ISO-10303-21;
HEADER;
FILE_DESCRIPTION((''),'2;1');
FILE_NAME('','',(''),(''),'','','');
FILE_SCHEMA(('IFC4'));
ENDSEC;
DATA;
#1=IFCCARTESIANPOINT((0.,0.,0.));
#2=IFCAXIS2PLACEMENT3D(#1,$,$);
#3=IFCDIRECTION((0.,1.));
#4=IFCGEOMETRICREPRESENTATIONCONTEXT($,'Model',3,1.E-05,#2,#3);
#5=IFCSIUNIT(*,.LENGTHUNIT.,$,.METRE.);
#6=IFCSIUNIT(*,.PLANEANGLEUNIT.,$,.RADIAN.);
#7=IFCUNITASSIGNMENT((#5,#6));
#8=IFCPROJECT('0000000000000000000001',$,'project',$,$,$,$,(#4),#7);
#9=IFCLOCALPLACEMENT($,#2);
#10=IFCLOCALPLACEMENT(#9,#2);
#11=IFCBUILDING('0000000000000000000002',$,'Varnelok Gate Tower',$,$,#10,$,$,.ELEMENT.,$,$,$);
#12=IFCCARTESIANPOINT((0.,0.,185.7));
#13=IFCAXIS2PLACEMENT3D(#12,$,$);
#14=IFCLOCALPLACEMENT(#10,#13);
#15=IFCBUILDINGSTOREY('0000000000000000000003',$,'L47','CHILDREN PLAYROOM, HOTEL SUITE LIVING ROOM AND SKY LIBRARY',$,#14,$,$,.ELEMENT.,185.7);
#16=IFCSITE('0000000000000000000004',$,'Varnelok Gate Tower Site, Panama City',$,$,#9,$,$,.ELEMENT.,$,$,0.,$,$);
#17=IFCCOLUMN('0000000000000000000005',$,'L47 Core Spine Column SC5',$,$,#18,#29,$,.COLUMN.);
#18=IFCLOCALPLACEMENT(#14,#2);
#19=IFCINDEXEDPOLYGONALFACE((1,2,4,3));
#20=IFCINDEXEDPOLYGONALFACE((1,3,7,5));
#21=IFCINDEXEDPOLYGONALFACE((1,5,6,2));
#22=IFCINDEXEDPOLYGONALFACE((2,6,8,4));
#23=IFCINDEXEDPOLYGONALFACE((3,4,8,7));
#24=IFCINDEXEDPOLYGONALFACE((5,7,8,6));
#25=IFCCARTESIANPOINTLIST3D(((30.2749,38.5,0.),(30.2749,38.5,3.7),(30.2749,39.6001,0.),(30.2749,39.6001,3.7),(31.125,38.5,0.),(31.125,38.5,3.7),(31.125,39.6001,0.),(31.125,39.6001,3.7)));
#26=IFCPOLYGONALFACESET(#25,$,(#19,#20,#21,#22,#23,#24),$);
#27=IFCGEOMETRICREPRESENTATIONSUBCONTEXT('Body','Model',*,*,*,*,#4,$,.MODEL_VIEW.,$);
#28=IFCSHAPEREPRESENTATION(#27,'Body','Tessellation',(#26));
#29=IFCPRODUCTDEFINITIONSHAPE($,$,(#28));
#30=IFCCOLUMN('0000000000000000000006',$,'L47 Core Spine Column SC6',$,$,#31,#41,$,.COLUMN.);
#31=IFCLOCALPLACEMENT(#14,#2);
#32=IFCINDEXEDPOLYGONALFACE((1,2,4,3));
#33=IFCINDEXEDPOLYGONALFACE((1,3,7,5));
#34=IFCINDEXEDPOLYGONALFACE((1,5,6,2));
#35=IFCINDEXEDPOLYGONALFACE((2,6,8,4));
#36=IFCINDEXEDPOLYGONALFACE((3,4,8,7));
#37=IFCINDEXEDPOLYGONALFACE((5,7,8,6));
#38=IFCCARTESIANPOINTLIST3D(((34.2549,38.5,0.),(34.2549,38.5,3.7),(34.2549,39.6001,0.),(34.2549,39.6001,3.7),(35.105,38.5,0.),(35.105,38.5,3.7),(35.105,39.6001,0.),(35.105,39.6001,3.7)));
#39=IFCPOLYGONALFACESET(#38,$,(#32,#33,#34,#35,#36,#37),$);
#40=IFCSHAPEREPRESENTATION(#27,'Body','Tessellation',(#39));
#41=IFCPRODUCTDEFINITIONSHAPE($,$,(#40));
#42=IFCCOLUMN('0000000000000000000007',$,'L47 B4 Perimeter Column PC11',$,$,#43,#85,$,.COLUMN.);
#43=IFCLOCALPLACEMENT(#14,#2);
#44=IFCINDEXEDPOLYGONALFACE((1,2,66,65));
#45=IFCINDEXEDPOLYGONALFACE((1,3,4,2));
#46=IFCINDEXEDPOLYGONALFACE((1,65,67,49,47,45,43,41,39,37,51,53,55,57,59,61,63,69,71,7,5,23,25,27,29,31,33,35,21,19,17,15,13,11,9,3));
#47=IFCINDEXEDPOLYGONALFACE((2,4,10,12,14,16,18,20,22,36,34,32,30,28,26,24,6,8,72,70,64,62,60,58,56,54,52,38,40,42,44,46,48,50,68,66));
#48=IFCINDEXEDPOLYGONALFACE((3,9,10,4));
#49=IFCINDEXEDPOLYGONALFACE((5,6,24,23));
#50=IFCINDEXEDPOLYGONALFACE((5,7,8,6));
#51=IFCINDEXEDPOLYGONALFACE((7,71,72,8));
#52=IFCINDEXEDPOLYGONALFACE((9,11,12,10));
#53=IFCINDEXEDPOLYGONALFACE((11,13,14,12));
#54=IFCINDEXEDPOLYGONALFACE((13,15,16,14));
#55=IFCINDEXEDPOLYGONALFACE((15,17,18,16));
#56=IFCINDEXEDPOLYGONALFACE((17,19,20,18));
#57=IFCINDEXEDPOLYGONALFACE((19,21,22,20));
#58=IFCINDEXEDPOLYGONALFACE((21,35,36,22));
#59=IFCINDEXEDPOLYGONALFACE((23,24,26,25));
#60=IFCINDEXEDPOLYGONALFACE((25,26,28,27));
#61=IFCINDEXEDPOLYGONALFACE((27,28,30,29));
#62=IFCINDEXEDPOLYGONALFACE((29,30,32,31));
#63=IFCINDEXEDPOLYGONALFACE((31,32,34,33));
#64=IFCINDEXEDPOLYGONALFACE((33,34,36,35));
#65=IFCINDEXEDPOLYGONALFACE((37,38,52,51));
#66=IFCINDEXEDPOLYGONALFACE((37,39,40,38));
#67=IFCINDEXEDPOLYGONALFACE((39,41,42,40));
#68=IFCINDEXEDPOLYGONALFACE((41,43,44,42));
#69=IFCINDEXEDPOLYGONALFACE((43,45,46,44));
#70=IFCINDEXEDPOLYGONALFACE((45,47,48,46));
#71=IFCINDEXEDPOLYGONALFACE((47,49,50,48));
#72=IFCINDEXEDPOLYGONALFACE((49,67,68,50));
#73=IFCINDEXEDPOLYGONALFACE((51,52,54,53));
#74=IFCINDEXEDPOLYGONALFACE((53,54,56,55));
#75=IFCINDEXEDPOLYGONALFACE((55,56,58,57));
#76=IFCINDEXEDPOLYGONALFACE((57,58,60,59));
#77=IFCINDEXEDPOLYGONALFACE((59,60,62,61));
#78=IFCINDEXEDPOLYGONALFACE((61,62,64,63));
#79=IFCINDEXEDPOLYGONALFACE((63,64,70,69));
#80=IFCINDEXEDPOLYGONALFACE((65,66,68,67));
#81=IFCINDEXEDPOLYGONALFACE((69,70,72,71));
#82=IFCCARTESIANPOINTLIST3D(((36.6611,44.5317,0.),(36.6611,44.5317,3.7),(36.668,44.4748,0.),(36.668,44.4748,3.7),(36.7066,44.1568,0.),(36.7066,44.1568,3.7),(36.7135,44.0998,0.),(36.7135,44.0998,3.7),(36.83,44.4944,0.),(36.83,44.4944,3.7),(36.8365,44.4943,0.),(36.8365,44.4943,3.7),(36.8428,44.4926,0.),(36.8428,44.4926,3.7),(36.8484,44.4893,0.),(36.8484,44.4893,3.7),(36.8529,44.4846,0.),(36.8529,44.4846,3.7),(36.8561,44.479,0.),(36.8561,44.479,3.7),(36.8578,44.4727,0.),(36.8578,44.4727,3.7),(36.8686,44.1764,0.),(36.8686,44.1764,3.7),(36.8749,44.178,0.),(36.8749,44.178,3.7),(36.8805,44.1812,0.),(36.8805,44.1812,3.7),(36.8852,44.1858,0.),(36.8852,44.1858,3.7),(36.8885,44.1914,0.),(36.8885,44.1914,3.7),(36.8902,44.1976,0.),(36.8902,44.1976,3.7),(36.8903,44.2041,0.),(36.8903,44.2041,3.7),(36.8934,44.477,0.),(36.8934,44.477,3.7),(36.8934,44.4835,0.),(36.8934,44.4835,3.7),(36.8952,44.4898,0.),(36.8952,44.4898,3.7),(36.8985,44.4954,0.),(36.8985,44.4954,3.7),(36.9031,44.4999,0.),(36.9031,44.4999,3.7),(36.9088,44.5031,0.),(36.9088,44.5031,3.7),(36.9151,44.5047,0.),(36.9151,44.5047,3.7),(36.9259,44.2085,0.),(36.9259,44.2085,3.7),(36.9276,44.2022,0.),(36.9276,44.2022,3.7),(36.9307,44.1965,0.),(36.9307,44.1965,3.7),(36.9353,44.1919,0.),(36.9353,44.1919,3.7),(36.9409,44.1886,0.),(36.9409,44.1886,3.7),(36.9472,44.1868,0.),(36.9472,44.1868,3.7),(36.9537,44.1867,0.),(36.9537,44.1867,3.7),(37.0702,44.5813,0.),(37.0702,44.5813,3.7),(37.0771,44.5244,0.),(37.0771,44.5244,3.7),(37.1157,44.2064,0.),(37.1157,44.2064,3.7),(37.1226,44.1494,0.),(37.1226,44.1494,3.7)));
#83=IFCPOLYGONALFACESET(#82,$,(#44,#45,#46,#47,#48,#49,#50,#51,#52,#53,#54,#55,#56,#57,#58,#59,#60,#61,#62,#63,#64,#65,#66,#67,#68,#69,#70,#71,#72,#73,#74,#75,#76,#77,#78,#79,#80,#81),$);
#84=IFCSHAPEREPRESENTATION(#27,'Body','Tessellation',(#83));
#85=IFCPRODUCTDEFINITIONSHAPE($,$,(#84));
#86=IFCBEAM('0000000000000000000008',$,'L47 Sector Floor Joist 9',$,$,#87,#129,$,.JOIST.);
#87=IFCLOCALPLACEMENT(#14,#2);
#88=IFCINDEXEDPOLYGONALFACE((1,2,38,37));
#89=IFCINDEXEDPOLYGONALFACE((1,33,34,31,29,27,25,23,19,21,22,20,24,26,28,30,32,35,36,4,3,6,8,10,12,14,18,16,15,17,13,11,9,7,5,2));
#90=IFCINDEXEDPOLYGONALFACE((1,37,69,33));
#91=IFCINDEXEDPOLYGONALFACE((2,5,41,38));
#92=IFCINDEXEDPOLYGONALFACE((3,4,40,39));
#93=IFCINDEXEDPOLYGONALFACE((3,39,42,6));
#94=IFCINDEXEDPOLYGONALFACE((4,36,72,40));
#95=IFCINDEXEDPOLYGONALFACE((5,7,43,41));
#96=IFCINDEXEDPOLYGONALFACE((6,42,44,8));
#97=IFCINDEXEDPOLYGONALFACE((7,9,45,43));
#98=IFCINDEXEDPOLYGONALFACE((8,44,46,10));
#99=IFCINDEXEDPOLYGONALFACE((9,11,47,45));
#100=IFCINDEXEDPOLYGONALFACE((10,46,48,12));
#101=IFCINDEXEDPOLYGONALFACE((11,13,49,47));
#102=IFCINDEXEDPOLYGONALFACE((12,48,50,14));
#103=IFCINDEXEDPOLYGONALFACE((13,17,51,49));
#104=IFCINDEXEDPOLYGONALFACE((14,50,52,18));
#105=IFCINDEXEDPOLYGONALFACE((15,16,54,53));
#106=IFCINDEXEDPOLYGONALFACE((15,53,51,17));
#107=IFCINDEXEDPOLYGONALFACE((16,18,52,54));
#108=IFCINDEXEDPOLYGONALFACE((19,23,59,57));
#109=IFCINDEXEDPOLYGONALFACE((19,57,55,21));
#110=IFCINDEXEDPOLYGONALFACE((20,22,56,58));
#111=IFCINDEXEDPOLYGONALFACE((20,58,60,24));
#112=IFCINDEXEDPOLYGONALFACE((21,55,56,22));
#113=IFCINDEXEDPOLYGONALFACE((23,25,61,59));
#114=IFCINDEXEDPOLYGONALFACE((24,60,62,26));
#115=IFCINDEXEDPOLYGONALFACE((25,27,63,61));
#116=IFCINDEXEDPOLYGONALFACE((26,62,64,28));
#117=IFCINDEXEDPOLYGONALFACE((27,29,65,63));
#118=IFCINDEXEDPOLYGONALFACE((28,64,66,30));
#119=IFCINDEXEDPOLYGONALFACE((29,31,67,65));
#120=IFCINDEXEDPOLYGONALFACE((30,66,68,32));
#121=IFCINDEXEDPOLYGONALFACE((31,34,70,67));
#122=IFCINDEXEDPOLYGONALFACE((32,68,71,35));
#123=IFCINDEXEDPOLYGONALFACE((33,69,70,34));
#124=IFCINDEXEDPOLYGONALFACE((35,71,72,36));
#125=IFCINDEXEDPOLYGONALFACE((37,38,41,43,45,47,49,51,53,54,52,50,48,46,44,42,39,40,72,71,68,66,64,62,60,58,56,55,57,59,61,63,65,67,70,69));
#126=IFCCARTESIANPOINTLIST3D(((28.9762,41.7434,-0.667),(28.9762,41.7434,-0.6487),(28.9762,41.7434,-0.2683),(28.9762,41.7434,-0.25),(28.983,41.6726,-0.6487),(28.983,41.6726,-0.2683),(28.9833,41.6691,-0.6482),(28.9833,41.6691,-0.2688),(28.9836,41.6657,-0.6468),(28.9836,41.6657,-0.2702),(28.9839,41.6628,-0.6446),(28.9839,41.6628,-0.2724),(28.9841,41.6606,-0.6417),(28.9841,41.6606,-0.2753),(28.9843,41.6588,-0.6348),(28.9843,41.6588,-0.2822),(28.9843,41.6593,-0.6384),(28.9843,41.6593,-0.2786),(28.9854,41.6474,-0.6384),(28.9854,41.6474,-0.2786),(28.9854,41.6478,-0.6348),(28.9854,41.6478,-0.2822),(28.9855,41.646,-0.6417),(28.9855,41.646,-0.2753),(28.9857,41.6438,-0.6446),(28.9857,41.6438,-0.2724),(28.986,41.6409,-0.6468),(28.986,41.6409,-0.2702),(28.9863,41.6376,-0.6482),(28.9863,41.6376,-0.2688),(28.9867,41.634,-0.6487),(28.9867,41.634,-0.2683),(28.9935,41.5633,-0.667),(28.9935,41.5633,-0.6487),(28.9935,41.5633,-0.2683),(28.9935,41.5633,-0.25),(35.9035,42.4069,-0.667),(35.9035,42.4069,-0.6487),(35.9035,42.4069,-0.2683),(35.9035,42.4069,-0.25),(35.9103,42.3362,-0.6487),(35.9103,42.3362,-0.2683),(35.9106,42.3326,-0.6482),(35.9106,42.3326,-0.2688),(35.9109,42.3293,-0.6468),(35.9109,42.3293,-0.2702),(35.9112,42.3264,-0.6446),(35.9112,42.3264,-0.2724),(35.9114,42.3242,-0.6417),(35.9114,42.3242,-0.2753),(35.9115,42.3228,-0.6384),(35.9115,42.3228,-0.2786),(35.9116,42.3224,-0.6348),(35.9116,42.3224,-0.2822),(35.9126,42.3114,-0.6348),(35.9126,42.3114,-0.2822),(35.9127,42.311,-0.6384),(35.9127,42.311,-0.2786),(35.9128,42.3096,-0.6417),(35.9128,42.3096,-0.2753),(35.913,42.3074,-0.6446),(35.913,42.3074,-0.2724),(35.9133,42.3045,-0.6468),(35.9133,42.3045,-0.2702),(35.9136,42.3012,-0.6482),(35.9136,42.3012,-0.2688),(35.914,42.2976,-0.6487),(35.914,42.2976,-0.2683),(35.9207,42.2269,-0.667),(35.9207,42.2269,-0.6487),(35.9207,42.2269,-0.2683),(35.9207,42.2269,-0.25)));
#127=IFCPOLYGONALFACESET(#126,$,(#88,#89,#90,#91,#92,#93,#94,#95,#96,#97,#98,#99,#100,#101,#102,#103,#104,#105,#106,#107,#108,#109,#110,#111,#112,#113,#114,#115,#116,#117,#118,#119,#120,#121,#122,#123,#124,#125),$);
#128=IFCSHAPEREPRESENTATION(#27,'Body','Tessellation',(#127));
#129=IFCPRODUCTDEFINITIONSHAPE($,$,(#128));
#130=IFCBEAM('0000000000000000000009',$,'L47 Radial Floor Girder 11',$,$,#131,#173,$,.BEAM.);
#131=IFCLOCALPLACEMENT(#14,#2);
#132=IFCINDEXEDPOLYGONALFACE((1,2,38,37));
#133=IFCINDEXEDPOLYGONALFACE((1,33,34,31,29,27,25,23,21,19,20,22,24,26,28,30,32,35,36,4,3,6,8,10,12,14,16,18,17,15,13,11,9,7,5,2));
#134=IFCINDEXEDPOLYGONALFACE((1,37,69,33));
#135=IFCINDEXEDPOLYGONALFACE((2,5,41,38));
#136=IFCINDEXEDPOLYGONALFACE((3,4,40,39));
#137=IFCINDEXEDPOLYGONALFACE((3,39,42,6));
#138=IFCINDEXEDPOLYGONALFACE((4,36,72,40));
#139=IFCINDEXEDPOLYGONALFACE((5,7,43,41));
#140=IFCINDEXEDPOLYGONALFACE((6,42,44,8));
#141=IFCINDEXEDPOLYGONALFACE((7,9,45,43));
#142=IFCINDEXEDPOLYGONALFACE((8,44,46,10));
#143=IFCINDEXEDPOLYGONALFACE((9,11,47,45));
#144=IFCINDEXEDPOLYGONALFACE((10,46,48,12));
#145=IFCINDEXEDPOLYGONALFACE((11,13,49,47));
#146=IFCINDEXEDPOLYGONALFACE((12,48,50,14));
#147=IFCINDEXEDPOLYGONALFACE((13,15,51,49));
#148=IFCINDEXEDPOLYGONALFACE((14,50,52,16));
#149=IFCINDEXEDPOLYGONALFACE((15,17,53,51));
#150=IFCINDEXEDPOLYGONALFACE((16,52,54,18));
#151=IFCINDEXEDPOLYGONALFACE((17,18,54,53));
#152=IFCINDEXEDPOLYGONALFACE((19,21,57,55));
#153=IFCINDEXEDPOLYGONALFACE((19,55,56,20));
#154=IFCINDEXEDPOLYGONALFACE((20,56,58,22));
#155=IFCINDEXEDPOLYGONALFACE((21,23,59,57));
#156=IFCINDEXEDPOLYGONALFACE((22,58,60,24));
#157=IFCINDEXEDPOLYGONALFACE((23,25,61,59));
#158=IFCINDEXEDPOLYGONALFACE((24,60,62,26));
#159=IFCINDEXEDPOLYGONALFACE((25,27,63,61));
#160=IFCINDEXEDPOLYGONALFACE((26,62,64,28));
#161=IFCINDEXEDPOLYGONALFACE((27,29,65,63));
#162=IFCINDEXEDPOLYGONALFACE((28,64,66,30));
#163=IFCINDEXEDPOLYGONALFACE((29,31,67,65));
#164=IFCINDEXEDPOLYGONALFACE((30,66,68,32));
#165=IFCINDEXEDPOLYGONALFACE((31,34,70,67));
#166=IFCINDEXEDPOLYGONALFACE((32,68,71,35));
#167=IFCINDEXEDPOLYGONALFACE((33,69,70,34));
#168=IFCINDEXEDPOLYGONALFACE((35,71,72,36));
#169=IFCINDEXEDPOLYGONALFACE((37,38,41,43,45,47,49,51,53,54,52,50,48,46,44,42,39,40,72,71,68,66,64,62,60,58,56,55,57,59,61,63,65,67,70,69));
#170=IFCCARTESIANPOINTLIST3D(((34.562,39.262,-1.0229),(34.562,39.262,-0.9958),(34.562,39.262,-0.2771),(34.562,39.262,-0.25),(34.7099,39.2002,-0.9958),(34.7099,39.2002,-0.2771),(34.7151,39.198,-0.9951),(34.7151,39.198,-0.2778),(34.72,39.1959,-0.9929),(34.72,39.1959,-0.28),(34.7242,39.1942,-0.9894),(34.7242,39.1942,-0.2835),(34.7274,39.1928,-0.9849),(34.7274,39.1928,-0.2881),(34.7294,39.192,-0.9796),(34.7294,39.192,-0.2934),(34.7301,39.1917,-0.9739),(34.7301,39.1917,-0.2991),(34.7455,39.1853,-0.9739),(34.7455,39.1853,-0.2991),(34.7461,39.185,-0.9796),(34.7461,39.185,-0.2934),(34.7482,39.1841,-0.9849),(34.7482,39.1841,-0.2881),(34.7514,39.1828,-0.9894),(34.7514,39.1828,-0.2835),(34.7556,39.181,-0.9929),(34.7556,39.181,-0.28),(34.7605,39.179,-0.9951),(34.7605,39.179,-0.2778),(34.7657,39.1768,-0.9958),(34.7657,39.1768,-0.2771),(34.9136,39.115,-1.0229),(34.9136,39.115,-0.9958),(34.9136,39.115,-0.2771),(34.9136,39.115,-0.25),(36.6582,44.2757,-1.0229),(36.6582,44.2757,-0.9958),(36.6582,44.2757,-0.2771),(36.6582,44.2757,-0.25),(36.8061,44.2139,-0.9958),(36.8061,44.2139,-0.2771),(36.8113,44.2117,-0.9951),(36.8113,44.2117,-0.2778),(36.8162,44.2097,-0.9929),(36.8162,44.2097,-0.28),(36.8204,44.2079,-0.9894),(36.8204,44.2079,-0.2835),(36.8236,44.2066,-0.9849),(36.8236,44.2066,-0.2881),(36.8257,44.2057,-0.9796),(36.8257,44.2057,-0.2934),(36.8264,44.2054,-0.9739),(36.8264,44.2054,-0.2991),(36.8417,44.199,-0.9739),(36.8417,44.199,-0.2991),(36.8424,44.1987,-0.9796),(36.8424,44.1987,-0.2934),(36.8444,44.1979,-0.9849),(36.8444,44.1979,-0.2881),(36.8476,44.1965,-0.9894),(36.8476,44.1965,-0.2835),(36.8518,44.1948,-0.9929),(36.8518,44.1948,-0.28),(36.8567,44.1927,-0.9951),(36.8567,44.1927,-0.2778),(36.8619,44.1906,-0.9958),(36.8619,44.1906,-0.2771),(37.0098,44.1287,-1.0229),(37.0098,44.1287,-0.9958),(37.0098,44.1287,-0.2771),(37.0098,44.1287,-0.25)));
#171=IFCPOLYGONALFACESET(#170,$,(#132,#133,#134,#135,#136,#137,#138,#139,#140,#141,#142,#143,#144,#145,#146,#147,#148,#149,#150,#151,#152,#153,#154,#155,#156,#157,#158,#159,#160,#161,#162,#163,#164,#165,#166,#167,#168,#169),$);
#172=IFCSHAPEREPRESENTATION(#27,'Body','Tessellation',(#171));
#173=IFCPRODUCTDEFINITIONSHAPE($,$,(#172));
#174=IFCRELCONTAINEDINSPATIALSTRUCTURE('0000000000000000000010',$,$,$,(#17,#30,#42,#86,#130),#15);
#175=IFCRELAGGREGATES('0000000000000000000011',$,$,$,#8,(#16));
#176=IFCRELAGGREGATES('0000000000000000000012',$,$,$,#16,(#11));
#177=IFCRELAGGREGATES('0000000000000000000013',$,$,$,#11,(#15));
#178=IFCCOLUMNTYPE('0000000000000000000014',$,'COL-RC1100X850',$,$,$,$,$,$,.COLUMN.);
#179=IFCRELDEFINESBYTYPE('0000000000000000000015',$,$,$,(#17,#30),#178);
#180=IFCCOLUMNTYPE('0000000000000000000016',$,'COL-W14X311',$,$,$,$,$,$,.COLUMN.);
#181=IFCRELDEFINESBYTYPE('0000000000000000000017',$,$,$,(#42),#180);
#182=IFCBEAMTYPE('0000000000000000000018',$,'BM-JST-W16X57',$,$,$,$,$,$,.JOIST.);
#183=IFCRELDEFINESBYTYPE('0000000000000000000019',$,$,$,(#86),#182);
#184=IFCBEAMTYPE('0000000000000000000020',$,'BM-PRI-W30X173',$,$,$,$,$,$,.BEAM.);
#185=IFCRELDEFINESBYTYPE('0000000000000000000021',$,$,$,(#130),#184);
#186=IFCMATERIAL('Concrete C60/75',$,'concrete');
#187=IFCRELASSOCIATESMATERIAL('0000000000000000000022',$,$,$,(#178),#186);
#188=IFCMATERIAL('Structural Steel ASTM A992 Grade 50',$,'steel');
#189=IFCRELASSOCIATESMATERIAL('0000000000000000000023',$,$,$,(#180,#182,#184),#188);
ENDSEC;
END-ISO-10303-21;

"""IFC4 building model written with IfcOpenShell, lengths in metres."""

from ifc_helpers import new_model, si_unit, direction, frame, origin, origin_2d, place, context, subcontext, project, spatial, rectangle, i_section, extrude, material, material_profile, profile_set, type_object, element, save


model = new_model("IFC4")

# Units and contexts
model_context = context("Model", 3, precision=1e-05, world=origin(), true_north=direction((0.0, 1.0)))
body_context = subcontext(model_context, "Body", "Model", "MODEL_VIEW")
ifc_project = project(units=[si_unit("LENGTHUNIT", "METRE"), si_unit("PLANEANGLEUNIT", "RADIAN")], contexts=[model_context])

# Site, building, storey
site_placement = place(None, origin())
site = spatial("IfcSite", under=ifc_project, at=site_placement, Name="Varnelok Gate Tower Site, Panama City", CompositionType="ELEMENT", RefElevation=0.0)
building_placement = place(site_placement, origin())
building = spatial("IfcBuilding", under=site, at=building_placement, Name="Varnelok Gate Tower", CompositionType="ELEMENT")
storey_placement = place(building_placement, frame((0.0, 0.0, 185.7)))
storey = spatial("IfcBuildingStorey", under=building, at=storey_placement, Name="L47", Description="CHILDREN PLAYROOM, HOTEL SUITE LIVING ROOM AND SKY LIBRARY", CompositionType="ELEMENT", Elevation=185.7)

# Columns
ifc_material_1 = material(Name="Concrete C60/75", Category="concrete")
ifc_material_profile_1 = material_profile(ifc_material_1, rectangle(XDim=0.8501, YDim=1.1001, at=origin_2d()), Name="RC1100X850")
ifc_profile_set_1 = profile_set([ifc_material_profile_1], Name="Concrete C60/75")
column_type_1 = type_object("IfcColumnType", Name="COL-RC1100X850", PredefinedType="COLUMN", material=ifc_profile_set_1)
for number, where, z_axis, x_axis, name in (
    (1, (30.7, 39.05, 0.0), (0.0, 0.0, 1.0), (1.0, 0.0, 0.0), "L47 Core Spine Column SC5"),
    (2, (34.6799, 39.05, 0.0), (0.0, 0.0, 1.0), (1.0, 0.0, 0.0), "L47 Core Spine Column SC6"),
):
    element("IfcColumn", number, at=place(storey_placement, frame(where, z_axis=z_axis, x_axis=x_axis)), inside=storey, type_object=column_type_1, Name=name, PredefinedType="COLUMN", context=body_context, shape_type="SweptSolid", body=[
        extrude(rectangle(XDim=0.8501, YDim=1.1001, at=origin_2d()), origin(), (0.0, 0.0, 1.0), 3.7),
    ])
ifc_material_2 = material(Name="Structural Steel ASTM A992 Grade 50", Category="steel")
ifc_material_profile_2 = material_profile(ifc_material_2, i_section(OverallWidth=0.4121, OverallDepth=0.4351, WebThickness=0.0359, FlangeThickness=0.0574, FilletRadius=0.0249, at=origin_2d()), Name="W14X311")
ifc_profile_set_2 = profile_set([ifc_material_profile_2], Name="Structural Steel ASTM A992 Grade 50")
column_type_2 = type_object("IfcColumnType", Name="COL-W14X311", PredefinedType="COLUMN", material=ifc_profile_set_2)
column_placement = place(storey_placement, frame((36.8918, 44.3406, 0.0), z_axis=(0.0, 0.0, 1.0), x_axis=(0.992732, 0.120345, 0.0)))
element("IfcColumn", 3, at=column_placement, inside=storey, type_object=column_type_2, Name="L47 B4 Perimeter Column PC11", PredefinedType="COLUMN", context=body_context, shape_type="SweptSolid", body=[
    extrude(i_section(OverallWidth=0.4121, OverallDepth=0.4351, WebThickness=0.0359, FlangeThickness=0.0574, FilletRadius=0.0249, at=origin_2d()), origin(), (0.0, 0.0, 1.0), 3.7),
])

# Beams
ifc_material_profile_3 = material_profile(ifc_material_2, i_section(OverallWidth=0.1809, OverallDepth=0.417, WebThickness=0.011, FlangeThickness=0.0183, FilletRadius=0.0139, at=origin_2d()), Name="W16X57")
ifc_profile_set_3 = profile_set([ifc_material_profile_3], Name="Structural Steel ASTM A992 Grade 50")
beam_type_1 = type_object("IfcBeamType", Name="BM-JST-W16X57", PredefinedType="JOIST", material=ifc_profile_set_3)
beam_1_placement = place(storey_placement, frame((35.9121, 42.3169, -0.4585), z_axis=(-0.995443, -0.095355, 0.0), x_axis=(0.095355, -0.995443, 0.0)))
element("IfcBeam", 4, at=beam_1_placement, inside=storey, type_object=beam_type_1, Name="L47 Sector Floor Joist 9", PredefinedType="JOIST", context=body_context, shape_type="SweptSolid", body=[
    extrude(i_section(OverallWidth=0.1809, OverallDepth=0.417, WebThickness=0.011, FlangeThickness=0.0183, FilletRadius=0.0139, at=origin_2d()), origin(), (0.0, 0.0, 1.0), 6.959),
])
ifc_material_profile_4 = material_profile(ifc_material_2, i_section(OverallWidth=0.3811, OverallDepth=0.7729, WebThickness=0.0166, FlangeThickness=0.0271, FilletRadius=0.022, at=origin_2d()), Name="W30X173")
ifc_profile_set_4 = profile_set([ifc_material_profile_4], Name="Structural Steel ASTM A992 Grade 50")
beam_type_2 = type_object("IfcBeamType", Name="BM-PRI-W30X173", PredefinedType="BEAM", material=ifc_profile_set_4)
beam_2_placement = place(storey_placement, frame((34.7378, 39.1885, -0.6365), z_axis=(0.385738, 0.922608, 0.0), x_axis=(-0.922608, 0.385738, 0.0)))
element("IfcBeam", 5, at=beam_2_placement, inside=storey, type_object=beam_type_2, Name="L47 Radial Floor Girder 11", PredefinedType="BEAM", context=body_context, shape_type="SweptSolid", body=[
    extrude(i_section(OverallWidth=0.3811, OverallDepth=0.7729, WebThickness=0.0166, FlangeThickness=0.0271, FilletRadius=0.022, at=origin_2d()), origin(), (0.0, 0.0, 1.0), 5.4343),
])

save(model, "model.ifc")
